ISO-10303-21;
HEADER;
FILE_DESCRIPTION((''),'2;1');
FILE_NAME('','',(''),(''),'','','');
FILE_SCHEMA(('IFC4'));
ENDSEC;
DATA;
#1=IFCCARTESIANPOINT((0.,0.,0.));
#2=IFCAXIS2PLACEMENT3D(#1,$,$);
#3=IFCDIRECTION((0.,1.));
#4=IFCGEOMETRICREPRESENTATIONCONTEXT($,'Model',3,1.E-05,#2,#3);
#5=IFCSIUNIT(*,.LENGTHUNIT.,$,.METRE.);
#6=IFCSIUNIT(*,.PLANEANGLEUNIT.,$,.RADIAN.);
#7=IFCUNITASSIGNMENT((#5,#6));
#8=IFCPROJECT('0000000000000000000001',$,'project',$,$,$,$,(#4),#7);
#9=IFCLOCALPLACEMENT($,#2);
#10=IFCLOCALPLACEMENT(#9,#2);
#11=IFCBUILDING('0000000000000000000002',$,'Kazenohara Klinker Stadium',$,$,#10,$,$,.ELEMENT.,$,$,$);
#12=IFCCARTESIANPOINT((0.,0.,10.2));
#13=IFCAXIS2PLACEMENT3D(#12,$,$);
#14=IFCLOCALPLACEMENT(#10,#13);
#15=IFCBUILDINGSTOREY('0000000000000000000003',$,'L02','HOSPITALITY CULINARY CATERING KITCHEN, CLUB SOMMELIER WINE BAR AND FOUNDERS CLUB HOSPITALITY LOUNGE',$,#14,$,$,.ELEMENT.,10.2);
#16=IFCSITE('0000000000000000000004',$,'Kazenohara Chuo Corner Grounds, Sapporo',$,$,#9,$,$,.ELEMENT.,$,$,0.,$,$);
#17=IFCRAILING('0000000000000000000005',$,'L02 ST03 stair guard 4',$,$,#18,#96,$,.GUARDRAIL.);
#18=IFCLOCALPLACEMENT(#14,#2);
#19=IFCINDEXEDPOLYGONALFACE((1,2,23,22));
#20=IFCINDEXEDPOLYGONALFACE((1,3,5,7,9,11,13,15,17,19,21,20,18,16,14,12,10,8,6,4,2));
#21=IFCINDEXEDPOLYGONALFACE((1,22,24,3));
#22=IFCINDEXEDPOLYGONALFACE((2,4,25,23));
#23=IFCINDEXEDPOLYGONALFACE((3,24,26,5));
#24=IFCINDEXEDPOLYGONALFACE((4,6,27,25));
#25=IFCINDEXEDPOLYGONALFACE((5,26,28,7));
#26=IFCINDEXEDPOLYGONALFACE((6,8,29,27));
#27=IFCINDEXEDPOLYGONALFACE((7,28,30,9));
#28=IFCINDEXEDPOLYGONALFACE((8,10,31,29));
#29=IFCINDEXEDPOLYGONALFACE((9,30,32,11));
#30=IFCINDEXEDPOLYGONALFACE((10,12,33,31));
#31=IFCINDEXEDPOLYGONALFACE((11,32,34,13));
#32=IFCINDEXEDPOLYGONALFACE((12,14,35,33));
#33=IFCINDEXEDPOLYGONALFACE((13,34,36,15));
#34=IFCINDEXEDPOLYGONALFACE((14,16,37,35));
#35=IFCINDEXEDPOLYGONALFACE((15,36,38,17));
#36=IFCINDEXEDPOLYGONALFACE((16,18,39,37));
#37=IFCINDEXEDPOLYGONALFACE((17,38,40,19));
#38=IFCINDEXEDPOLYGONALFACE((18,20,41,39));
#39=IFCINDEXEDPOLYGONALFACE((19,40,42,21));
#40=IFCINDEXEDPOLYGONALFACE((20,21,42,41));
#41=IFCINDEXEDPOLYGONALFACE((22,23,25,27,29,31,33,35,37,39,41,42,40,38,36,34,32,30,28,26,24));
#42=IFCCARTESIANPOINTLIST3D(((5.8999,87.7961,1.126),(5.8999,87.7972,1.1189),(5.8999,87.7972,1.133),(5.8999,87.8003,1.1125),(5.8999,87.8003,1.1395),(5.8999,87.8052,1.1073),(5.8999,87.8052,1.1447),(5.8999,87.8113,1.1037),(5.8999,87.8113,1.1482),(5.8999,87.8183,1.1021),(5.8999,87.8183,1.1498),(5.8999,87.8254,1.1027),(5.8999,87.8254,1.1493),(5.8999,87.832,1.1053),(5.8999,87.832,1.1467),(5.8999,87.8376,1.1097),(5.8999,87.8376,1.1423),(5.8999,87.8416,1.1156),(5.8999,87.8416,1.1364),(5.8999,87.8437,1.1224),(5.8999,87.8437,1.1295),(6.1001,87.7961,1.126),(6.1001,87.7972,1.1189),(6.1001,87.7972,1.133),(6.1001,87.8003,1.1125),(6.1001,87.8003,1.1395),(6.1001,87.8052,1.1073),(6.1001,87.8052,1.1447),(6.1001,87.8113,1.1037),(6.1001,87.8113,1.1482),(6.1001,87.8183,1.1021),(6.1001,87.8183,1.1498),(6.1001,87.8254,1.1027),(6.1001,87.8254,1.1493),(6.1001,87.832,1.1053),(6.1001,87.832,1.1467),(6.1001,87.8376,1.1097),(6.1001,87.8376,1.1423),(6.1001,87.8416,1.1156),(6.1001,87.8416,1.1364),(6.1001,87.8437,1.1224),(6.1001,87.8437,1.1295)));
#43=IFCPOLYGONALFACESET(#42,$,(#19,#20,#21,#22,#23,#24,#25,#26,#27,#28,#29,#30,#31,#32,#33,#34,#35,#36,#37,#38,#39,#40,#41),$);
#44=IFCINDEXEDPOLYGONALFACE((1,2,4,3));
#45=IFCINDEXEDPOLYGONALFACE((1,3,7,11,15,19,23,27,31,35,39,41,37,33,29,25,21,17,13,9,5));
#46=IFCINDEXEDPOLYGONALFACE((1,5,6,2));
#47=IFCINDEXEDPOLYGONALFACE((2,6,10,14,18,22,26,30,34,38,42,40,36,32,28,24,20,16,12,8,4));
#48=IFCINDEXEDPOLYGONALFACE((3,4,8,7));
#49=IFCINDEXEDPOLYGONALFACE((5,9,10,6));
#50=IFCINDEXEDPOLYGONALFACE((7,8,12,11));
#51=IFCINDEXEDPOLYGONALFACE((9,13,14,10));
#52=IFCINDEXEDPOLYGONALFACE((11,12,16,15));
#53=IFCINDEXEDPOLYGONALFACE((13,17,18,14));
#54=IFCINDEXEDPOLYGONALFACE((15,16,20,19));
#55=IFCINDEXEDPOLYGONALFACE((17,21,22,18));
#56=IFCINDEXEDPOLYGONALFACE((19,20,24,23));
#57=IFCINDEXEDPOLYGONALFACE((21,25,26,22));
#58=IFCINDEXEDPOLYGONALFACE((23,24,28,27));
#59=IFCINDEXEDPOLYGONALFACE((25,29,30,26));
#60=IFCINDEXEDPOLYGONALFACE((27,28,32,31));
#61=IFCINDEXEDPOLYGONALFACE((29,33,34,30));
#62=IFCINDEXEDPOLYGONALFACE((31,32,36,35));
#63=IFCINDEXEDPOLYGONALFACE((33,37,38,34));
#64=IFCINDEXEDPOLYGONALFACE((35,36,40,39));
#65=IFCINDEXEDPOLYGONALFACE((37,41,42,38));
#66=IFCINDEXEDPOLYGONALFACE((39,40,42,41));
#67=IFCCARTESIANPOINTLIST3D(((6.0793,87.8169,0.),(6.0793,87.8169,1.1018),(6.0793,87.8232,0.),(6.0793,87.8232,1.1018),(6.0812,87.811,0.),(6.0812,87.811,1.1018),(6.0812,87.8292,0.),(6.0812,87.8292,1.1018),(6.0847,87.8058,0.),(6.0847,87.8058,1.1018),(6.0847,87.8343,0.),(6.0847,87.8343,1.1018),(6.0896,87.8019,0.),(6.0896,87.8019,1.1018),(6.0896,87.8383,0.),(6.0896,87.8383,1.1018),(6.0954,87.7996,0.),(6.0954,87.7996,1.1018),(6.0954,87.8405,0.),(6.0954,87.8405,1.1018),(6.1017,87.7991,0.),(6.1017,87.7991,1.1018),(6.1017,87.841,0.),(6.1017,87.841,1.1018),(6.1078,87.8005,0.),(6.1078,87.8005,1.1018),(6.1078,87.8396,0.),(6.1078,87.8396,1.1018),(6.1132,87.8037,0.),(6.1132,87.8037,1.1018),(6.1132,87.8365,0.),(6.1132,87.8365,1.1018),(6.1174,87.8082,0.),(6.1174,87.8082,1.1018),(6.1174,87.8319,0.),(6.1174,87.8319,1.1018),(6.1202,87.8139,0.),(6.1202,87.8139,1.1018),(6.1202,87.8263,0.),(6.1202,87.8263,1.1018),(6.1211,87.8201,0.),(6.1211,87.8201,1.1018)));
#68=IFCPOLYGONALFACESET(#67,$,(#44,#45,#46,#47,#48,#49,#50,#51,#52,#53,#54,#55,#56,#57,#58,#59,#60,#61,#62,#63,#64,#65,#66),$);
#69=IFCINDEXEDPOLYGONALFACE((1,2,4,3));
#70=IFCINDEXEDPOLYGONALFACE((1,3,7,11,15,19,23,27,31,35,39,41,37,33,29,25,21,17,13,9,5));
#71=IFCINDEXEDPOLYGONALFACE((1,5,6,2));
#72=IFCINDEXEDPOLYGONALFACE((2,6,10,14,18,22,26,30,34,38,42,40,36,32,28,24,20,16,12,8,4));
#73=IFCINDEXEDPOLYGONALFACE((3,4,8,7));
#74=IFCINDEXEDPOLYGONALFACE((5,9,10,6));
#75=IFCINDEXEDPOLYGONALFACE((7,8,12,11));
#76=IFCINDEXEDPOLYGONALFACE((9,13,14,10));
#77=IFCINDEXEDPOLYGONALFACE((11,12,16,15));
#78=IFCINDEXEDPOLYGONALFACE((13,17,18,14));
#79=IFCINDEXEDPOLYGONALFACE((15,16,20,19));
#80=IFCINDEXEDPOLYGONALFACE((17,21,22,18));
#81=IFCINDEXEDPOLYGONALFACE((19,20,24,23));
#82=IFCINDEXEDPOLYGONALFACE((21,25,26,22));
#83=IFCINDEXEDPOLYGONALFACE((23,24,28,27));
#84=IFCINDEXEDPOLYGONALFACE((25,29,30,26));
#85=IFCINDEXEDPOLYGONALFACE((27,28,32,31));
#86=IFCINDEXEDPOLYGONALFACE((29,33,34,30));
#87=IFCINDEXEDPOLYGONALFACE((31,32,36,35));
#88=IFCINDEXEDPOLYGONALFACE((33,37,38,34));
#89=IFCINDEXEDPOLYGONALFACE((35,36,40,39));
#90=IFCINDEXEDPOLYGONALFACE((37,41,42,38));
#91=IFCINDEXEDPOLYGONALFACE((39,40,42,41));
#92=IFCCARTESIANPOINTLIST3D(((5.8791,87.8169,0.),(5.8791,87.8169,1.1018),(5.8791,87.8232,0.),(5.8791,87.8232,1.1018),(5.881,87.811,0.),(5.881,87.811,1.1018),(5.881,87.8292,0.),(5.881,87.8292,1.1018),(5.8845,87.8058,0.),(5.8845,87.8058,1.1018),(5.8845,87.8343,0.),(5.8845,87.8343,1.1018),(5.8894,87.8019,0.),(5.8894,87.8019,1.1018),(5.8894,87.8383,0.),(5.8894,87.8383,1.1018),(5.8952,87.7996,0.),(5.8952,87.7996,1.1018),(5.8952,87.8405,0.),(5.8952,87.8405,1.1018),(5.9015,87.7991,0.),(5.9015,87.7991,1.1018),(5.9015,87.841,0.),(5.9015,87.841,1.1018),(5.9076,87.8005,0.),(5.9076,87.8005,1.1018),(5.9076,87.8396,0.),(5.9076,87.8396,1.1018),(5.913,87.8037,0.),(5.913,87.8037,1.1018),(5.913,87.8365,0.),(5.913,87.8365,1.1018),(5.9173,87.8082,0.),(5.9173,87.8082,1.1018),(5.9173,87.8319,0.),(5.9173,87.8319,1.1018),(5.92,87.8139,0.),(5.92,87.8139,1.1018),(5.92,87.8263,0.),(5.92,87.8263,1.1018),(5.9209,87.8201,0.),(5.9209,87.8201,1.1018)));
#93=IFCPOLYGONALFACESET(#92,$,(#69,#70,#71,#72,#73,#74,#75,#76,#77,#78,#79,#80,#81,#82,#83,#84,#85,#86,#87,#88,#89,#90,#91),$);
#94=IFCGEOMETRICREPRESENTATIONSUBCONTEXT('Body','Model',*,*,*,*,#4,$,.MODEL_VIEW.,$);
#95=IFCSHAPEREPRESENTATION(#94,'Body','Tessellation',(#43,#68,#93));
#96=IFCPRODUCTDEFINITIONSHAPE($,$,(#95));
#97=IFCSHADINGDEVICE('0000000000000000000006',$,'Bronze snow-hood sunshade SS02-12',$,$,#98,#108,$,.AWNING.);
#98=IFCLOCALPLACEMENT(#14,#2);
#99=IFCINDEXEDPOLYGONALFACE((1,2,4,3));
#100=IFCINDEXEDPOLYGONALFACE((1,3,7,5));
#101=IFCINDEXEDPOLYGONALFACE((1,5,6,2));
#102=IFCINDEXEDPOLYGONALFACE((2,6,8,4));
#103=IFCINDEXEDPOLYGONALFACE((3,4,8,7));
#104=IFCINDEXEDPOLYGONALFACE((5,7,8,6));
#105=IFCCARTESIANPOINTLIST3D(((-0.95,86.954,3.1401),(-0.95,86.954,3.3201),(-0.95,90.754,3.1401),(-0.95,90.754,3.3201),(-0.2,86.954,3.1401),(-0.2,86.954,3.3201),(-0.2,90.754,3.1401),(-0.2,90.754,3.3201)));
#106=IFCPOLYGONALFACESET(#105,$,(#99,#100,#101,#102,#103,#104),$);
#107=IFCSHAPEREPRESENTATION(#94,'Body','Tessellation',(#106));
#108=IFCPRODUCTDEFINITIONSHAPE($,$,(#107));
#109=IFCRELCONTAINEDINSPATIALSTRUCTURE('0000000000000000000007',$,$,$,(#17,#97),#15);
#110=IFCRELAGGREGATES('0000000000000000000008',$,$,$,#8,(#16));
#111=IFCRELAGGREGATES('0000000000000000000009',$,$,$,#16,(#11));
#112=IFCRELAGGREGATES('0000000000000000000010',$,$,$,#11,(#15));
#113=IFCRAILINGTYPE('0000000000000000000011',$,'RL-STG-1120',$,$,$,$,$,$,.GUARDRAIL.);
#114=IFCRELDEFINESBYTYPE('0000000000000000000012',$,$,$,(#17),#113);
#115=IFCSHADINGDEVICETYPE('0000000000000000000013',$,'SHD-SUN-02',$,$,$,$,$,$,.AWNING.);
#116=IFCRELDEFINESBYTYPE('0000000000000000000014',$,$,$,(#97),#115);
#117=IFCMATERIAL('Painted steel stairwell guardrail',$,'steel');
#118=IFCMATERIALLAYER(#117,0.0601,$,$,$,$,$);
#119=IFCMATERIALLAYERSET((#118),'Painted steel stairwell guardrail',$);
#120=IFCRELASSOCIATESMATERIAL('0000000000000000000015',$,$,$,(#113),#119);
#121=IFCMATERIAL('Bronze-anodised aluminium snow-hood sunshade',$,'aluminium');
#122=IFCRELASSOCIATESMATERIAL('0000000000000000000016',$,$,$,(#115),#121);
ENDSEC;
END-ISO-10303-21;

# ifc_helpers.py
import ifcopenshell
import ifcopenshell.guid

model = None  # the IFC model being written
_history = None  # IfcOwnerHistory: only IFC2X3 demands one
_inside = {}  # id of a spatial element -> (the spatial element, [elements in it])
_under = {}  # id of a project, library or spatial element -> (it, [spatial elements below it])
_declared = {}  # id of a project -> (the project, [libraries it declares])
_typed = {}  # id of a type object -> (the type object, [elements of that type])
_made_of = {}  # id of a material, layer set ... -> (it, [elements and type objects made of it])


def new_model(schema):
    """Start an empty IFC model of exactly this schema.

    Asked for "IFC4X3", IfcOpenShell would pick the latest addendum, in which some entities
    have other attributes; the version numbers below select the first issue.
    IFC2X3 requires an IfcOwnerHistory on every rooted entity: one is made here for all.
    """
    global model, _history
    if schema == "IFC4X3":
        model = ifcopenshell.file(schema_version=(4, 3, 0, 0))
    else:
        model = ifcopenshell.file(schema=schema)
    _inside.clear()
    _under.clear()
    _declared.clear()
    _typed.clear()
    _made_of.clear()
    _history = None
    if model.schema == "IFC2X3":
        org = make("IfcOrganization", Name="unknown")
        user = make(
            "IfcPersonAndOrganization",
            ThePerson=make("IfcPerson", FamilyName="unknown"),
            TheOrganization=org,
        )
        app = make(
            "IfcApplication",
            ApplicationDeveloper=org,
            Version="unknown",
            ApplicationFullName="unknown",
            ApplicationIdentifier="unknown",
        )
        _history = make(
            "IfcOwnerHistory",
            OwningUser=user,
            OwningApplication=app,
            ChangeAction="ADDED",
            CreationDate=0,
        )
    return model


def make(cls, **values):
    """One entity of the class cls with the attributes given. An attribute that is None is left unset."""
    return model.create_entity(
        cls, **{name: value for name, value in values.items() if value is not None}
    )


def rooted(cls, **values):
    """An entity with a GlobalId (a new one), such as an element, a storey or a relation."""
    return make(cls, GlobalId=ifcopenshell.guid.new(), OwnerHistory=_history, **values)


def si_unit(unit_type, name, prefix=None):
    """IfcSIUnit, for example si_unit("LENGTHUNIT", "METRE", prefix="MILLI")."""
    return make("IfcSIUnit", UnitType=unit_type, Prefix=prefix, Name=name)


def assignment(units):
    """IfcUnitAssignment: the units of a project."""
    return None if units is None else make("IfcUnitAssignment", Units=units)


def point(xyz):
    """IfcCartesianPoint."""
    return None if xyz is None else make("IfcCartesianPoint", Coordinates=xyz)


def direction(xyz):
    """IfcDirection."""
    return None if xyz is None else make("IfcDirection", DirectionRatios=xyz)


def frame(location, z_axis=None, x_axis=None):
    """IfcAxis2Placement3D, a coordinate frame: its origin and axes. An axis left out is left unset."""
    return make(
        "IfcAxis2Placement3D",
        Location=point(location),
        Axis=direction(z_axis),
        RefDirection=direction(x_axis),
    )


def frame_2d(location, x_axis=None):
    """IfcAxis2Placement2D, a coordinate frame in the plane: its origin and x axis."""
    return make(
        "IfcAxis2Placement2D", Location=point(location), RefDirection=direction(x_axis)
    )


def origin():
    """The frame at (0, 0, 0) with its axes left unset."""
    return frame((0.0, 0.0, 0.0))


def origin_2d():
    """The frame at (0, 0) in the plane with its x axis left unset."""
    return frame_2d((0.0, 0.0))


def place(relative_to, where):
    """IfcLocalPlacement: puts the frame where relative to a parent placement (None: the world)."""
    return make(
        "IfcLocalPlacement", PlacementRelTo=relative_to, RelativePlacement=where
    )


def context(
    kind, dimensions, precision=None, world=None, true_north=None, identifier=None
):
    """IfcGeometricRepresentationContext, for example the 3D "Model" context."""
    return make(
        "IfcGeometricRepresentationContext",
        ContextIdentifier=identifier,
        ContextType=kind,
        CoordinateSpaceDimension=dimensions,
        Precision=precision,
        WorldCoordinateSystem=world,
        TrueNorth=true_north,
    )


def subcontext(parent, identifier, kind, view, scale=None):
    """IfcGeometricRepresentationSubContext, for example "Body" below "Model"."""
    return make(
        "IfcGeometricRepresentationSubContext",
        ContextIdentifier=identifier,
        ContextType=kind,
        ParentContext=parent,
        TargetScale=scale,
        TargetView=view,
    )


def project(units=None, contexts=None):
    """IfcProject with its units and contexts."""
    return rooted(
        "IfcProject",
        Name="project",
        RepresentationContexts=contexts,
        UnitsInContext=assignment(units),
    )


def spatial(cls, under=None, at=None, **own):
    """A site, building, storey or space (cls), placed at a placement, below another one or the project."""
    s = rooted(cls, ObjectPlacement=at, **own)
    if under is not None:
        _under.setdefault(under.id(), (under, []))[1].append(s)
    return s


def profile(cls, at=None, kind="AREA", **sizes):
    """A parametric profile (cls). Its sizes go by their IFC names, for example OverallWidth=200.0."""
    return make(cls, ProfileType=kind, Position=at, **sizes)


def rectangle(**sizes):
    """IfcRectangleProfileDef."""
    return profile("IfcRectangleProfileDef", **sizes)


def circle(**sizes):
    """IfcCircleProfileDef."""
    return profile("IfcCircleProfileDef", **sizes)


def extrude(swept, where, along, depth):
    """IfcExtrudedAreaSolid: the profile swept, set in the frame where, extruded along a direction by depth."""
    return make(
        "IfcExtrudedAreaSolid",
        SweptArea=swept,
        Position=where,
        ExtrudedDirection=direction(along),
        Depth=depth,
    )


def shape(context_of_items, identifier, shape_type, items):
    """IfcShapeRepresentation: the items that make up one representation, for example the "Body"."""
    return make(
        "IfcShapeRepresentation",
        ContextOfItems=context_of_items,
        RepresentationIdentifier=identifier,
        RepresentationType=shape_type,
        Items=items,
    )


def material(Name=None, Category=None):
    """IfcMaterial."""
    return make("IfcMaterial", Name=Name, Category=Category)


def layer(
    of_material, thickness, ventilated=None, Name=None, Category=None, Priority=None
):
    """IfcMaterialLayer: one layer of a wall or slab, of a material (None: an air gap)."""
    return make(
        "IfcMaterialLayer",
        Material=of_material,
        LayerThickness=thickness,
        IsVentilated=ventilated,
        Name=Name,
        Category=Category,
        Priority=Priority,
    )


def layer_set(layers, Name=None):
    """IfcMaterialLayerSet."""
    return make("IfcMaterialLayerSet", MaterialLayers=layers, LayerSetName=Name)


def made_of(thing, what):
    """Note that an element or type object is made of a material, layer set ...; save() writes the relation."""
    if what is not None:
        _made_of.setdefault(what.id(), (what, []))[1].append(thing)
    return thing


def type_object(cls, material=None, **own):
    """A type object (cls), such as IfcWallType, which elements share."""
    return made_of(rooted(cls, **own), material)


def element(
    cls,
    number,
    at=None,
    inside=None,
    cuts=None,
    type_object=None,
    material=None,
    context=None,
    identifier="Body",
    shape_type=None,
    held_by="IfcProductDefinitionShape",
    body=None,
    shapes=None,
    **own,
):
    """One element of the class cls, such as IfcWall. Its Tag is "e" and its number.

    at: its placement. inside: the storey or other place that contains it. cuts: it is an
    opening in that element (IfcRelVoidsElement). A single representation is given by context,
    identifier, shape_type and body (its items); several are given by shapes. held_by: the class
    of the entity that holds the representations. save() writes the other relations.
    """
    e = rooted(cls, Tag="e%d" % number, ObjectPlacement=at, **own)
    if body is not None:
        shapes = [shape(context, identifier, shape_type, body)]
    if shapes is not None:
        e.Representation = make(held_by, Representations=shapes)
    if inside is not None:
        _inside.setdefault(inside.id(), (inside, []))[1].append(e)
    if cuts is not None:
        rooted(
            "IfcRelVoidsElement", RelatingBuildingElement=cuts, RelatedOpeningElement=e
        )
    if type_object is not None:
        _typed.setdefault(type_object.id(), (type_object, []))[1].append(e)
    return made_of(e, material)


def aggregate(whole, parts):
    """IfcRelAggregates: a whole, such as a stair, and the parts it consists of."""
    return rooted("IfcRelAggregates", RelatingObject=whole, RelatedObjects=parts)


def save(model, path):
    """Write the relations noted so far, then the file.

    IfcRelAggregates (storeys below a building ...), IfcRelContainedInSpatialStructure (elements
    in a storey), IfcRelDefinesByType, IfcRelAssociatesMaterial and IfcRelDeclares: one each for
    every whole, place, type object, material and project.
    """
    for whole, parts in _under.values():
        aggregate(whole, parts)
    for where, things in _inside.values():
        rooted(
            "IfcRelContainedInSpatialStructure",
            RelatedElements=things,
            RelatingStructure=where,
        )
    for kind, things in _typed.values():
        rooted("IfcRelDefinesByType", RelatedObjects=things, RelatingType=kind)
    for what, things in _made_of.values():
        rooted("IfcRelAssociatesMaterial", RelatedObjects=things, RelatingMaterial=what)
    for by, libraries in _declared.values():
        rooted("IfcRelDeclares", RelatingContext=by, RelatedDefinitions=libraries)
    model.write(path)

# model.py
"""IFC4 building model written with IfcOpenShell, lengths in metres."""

from ifc_helpers import new_model, si_unit, direction, frame, origin, origin_2d, place, context, subcontext, project, spatial, rectangle, circle, extrude, material, layer, layer_set, type_object, element, save


model = new_model("IFC4")

# Units and contexts
model_context = context("Model", 3, precision=1e-05, world=origin(), true_north=direction((0.0, 1.0)))
body_context = subcontext(model_context, "Body", "Model", "MODEL_VIEW")
ifc_project = project(units=[si_unit("LENGTHUNIT", "METRE"), si_unit("PLANEANGLEUNIT", "RADIAN")], contexts=[model_context])

# Site, building, storey
site_placement = place(None, origin())
site = spatial("IfcSite", under=ifc_project, at=site_placement, Name="Kazenohara Chuo Corner Grounds, Sapporo", CompositionType="ELEMENT", RefElevation=0.0)
building_placement = place(site_placement, origin())
building = spatial("IfcBuilding", under=site, at=building_placement, Name="Kazenohara Klinker Stadium", CompositionType="ELEMENT")
storey_placement = place(building_placement, frame((0.0, 0.0, 10.2)))
storey = spatial("IfcBuildingStorey", under=building, at=storey_placement, Name="L02", Description="HOSPITALITY CULINARY CATERING KITCHEN, CLUB SOMMELIER WINE BAR AND FOUNDERS CLUB HOSPITALITY LOUNGE", CompositionType="ELEMENT", Elevation=10.2)

# Railing
ifc_material_1 = material(Name="Painted steel stairwell guardrail", Category="steel")
ifc_layer_1 = layer(ifc_material_1, 0.0601)
ifc_layer_set_1 = layer_set([ifc_layer_1], Name="Painted steel stairwell guardrail")
railing_type_1 = type_object("IfcRailingType", Name="RL-STG-1120", PredefinedType="GUARDRAIL", material=ifc_layer_set_1)
railing_1_placement = place(storey_placement, frame((6.1001, 87.8201, 0.0)))
element("IfcRailing", 1, at=railing_1_placement, inside=storey, type_object=railing_type_1, Name="L02 ST03 stair guard 4", PredefinedType="GUARDRAIL", context=body_context, shape_type="SweptSolid", body=[
    extrude(circle(Radius=0.0239, at=origin_2d()), frame((0.0, 0.0, 1.126), z_axis=(-1.0, 0.0, 0.0), x_axis=(0.0, -1.0, 0.0)), (0.0, 0.0, 1.0), 0.2002),
    extrude(circle(Radius=0.021, at=origin_2d()), origin(), (0.0, 0.0, 1.0), 1.1018),
    extrude(circle(Radius=0.021, at=origin_2d()), frame((-0.2002, 0.0, 0.0)), (0.0, 0.0, 1.0), 1.1018),
])

# Shading device
ifc_material_2 = material(Name="Bronze-anodised aluminium snow-hood sunshade", Category="aluminium")
shading_device_type = type_object("IfcShadingDeviceType", Name="SHD-SUN-02", PredefinedType="AWNING", material=ifc_material_2)
shading_device_placement = place(storey_placement, frame((-0.575, 88.854, 3.1401), z_axis=(0.0, 0.0, 1.0), x_axis=(0.0, 1.0, 0.0)))
element("IfcShadingDevice", 2, at=shading_device_placement, inside=storey, type_object=shading_device_type, Name="Bronze snow-hood sunshade SS02-12", PredefinedType="AWNING", context=body_context, shape_type="SweptSolid", body=[
    extrude(rectangle(XDim=3.8, YDim=0.75, at=origin_2d()), origin(), (0.0, 0.0, 1.0), 0.1799),
])

save(model, "model.ifc")
